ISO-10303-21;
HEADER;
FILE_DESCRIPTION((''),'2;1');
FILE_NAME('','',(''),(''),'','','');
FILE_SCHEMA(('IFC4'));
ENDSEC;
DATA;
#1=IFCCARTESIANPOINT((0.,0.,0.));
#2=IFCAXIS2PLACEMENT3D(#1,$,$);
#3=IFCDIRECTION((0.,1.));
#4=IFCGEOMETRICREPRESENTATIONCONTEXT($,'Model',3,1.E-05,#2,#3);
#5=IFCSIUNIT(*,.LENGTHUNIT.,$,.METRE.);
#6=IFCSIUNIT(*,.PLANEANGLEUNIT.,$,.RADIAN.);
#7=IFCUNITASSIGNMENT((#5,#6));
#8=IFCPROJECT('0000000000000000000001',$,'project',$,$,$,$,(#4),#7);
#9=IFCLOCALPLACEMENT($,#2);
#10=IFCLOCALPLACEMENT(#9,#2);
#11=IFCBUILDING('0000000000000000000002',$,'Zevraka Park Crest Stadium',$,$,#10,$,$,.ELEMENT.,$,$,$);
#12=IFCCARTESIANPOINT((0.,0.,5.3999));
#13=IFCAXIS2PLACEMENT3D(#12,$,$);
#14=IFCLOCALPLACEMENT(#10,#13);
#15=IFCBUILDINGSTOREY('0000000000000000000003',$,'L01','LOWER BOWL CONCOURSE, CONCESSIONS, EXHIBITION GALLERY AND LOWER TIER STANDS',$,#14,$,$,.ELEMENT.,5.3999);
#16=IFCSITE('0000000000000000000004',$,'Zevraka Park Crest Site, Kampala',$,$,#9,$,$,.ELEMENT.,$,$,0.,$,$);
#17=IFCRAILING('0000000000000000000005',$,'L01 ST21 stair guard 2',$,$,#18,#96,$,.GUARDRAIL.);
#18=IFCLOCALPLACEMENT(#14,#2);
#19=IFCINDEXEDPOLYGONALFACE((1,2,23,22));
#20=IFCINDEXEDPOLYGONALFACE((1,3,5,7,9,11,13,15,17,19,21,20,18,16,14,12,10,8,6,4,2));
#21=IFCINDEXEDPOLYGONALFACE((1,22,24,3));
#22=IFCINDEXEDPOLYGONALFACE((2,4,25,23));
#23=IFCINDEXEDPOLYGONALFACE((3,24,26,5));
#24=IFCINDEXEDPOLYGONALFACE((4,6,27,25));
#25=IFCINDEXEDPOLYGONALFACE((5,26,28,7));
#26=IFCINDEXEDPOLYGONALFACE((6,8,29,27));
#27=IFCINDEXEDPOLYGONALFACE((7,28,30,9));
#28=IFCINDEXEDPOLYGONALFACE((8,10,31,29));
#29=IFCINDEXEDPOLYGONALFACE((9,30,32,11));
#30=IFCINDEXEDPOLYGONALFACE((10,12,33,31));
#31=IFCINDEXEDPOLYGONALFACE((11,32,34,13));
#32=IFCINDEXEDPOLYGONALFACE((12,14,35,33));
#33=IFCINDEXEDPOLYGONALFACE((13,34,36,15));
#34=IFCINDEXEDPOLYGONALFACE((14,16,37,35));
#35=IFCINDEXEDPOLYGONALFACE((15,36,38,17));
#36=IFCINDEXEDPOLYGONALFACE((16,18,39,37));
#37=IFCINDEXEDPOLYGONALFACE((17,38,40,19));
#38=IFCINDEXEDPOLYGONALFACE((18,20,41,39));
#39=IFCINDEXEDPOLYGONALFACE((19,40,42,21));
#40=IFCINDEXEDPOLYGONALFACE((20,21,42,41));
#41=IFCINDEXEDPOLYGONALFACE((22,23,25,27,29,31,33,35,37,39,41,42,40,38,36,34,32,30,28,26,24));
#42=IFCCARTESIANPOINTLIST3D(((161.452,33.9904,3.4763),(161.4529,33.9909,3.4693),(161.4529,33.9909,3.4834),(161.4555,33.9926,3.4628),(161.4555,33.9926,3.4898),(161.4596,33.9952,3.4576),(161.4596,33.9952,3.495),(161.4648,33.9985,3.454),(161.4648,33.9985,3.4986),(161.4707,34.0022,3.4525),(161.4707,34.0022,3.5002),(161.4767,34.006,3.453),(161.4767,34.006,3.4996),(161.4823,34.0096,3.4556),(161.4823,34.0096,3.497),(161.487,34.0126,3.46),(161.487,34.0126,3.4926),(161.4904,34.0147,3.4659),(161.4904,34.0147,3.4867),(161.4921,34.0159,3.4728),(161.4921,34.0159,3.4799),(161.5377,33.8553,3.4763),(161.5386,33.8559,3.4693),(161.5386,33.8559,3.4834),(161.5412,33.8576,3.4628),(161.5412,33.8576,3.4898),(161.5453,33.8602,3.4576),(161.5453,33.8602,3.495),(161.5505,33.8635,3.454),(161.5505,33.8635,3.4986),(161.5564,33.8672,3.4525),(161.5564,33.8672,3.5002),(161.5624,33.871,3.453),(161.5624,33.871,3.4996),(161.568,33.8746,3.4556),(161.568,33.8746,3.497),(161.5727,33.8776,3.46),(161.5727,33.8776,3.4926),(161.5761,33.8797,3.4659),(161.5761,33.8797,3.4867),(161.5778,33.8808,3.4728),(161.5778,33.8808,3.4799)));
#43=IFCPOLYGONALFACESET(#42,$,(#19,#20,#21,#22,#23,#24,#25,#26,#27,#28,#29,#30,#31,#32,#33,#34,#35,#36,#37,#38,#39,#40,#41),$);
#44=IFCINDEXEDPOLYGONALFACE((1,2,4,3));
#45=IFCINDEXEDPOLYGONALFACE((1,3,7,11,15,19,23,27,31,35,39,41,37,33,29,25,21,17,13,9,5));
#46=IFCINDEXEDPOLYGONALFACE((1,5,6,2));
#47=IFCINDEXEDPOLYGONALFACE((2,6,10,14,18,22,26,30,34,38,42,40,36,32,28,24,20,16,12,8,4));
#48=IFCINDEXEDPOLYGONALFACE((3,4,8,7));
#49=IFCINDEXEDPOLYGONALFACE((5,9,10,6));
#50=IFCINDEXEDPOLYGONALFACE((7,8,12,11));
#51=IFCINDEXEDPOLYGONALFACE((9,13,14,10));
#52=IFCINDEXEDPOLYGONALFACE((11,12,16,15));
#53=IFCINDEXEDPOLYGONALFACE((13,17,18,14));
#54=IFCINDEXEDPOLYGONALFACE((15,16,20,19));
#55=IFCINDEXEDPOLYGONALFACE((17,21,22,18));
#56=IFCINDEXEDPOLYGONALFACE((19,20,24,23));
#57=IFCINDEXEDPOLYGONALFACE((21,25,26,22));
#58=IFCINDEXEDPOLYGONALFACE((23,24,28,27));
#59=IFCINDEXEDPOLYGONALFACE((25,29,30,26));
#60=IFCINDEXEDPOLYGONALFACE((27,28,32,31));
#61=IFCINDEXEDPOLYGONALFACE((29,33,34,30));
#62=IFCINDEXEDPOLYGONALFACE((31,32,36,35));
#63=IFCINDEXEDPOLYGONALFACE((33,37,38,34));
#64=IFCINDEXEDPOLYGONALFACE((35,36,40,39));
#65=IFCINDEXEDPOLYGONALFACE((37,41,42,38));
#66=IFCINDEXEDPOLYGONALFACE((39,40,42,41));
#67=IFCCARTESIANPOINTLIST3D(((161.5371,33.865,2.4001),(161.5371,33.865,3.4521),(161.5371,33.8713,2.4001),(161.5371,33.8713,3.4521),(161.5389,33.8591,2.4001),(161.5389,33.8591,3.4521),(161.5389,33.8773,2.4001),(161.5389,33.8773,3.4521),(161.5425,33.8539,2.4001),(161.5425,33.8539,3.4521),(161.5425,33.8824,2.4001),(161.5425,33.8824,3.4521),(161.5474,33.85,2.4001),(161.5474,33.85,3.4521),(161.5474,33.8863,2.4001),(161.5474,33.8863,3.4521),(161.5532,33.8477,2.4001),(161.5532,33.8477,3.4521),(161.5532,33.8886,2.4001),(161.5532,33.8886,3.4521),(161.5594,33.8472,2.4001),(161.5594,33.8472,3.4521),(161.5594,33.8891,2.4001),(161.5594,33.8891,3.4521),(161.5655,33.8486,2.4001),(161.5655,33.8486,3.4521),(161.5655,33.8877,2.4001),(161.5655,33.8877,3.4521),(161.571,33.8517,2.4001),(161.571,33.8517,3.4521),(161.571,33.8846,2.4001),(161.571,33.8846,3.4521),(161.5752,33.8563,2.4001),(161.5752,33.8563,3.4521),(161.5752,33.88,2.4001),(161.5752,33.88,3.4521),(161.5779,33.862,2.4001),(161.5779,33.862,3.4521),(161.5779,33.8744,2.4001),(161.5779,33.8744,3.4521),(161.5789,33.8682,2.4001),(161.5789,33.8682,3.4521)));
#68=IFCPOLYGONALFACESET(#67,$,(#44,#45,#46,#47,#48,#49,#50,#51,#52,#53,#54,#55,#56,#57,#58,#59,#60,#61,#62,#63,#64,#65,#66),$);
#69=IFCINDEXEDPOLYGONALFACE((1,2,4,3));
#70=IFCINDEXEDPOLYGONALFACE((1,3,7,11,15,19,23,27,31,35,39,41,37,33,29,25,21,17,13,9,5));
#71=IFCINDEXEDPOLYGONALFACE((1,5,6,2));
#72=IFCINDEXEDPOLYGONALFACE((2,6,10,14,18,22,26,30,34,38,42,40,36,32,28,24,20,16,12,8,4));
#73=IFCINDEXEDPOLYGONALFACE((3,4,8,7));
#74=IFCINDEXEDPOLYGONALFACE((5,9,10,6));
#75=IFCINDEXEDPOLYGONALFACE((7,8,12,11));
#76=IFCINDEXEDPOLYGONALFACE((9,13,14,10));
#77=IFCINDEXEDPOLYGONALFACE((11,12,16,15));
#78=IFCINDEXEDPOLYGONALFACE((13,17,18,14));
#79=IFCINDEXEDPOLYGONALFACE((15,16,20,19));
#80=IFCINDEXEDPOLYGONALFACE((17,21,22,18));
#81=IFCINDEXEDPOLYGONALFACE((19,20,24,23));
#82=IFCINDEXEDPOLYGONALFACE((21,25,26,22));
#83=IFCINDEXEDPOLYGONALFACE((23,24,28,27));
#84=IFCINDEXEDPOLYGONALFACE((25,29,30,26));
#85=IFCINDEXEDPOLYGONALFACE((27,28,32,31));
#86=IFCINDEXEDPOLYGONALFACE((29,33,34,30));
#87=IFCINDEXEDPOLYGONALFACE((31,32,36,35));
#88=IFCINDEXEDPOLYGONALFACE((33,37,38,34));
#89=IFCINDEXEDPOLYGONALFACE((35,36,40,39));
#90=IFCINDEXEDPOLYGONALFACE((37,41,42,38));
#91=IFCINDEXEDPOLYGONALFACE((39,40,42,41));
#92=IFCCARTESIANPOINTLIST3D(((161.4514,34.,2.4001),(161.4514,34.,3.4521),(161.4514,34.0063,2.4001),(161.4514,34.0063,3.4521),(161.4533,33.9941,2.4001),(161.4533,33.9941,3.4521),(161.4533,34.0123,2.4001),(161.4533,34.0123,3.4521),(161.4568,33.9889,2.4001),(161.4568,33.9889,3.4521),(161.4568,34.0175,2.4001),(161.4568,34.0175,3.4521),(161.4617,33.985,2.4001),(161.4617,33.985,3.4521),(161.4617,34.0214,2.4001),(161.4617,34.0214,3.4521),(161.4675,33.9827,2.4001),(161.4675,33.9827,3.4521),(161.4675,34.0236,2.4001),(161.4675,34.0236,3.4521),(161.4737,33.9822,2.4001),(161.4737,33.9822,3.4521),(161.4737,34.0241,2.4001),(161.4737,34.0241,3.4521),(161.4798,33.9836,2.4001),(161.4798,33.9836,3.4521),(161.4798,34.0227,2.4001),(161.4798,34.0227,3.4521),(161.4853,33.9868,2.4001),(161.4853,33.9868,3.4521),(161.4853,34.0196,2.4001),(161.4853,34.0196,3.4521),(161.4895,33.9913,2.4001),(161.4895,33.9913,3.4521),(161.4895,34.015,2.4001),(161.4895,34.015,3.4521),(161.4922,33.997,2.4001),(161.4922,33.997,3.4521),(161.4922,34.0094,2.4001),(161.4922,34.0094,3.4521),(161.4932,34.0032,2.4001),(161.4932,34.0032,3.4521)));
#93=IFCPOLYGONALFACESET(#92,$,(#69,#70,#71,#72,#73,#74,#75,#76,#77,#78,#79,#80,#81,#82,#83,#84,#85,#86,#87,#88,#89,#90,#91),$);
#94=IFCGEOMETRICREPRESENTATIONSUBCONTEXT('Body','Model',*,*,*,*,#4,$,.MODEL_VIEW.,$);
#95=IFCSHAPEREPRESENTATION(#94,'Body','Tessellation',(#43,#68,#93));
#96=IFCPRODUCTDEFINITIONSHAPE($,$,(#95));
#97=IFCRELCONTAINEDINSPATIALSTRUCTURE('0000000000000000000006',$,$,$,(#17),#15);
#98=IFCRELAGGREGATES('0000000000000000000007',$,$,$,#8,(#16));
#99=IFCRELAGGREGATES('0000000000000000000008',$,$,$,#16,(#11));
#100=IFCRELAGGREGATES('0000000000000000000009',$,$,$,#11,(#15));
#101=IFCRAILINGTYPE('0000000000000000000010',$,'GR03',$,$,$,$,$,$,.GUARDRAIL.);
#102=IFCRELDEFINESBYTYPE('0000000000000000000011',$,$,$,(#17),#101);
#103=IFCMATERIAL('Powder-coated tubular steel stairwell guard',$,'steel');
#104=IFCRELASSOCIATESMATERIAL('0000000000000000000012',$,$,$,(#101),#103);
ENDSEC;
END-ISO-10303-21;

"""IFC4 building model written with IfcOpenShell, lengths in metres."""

from ifc_helpers import new_model, si_unit, direction, frame, origin, origin_2d, place, context, subcontext, project, spatial, circle, extrude, material, type_object, element, save


model = new_model("IFC4")

# Units and contexts
model_context = context("Model", 3, precision=1e-05, world=origin(), true_north=direction((0.0, 1.0)))
body_context = subcontext(model_context, "Body", "Model", "MODEL_VIEW")
ifc_project = project(units=[si_unit("LENGTHUNIT", "METRE"), si_unit("PLANEANGLEUNIT", "RADIAN")], contexts=[model_context])

# Site, building, storey
site_placement = place(None, origin())
site = spatial("IfcSite", under=ifc_project, at=site_placement, Name="Zevraka Park Crest Site, Kampala", CompositionType="ELEMENT", RefElevation=0.0)
building_placement = place(site_placement, origin())
building = spatial("IfcBuilding", under=site, at=building_placement, Name="Zevraka Park Crest Stadium", CompositionType="ELEMENT")
storey_placement = place(building_placement, frame((0.0, 0.0, 5.3999)))
storey = spatial("IfcBuildingStorey", under=building, at=storey_placement, Name="L01", Description="LOWER BOWL CONCOURSE, CONCESSIONS, EXHIBITION GALLERY AND LOWER TIER STANDS", CompositionType="ELEMENT", Elevation=5.3999)

# Railing
ifc_material_1 = material(Name="Powder-coated tubular steel stairwell guard", Category="steel")
railing_type_1 = type_object("IfcRailingType", Name="GR03", PredefinedType="GUARDRAIL", material=ifc_material_1)
railing_1_placement = place(storey_placement, frame((161.5579, 33.8682, 2.4001)))
element("IfcRailing", 1, at=railing_1_placement, inside=storey, type_object=railing_type_1, Name="L01 ST21 stair guard 2", PredefinedType="GUARDRAIL", context=body_context, shape_type="SweptSolid", body=[
    extrude(circle(Radius=0.0239, at=origin_2d()), frame((0.0, 0.0, 1.0762), z_axis=(-0.535887, 0.84429, 0.0), x_axis=(-0.84429, -0.535887, 0.0)), (0.0, 0.0, 1.0), 0.1599),
    extrude(circle(Radius=0.021, at=origin_2d()), origin(), (0.0, 0.0, 1.0), 1.052),
    extrude(circle(Radius=0.021, at=origin_2d()), frame((-0.0857, 0.135, 0.0)), (0.0, 0.0, 1.0), 1.052),
])

save(model, "model.ifc")
